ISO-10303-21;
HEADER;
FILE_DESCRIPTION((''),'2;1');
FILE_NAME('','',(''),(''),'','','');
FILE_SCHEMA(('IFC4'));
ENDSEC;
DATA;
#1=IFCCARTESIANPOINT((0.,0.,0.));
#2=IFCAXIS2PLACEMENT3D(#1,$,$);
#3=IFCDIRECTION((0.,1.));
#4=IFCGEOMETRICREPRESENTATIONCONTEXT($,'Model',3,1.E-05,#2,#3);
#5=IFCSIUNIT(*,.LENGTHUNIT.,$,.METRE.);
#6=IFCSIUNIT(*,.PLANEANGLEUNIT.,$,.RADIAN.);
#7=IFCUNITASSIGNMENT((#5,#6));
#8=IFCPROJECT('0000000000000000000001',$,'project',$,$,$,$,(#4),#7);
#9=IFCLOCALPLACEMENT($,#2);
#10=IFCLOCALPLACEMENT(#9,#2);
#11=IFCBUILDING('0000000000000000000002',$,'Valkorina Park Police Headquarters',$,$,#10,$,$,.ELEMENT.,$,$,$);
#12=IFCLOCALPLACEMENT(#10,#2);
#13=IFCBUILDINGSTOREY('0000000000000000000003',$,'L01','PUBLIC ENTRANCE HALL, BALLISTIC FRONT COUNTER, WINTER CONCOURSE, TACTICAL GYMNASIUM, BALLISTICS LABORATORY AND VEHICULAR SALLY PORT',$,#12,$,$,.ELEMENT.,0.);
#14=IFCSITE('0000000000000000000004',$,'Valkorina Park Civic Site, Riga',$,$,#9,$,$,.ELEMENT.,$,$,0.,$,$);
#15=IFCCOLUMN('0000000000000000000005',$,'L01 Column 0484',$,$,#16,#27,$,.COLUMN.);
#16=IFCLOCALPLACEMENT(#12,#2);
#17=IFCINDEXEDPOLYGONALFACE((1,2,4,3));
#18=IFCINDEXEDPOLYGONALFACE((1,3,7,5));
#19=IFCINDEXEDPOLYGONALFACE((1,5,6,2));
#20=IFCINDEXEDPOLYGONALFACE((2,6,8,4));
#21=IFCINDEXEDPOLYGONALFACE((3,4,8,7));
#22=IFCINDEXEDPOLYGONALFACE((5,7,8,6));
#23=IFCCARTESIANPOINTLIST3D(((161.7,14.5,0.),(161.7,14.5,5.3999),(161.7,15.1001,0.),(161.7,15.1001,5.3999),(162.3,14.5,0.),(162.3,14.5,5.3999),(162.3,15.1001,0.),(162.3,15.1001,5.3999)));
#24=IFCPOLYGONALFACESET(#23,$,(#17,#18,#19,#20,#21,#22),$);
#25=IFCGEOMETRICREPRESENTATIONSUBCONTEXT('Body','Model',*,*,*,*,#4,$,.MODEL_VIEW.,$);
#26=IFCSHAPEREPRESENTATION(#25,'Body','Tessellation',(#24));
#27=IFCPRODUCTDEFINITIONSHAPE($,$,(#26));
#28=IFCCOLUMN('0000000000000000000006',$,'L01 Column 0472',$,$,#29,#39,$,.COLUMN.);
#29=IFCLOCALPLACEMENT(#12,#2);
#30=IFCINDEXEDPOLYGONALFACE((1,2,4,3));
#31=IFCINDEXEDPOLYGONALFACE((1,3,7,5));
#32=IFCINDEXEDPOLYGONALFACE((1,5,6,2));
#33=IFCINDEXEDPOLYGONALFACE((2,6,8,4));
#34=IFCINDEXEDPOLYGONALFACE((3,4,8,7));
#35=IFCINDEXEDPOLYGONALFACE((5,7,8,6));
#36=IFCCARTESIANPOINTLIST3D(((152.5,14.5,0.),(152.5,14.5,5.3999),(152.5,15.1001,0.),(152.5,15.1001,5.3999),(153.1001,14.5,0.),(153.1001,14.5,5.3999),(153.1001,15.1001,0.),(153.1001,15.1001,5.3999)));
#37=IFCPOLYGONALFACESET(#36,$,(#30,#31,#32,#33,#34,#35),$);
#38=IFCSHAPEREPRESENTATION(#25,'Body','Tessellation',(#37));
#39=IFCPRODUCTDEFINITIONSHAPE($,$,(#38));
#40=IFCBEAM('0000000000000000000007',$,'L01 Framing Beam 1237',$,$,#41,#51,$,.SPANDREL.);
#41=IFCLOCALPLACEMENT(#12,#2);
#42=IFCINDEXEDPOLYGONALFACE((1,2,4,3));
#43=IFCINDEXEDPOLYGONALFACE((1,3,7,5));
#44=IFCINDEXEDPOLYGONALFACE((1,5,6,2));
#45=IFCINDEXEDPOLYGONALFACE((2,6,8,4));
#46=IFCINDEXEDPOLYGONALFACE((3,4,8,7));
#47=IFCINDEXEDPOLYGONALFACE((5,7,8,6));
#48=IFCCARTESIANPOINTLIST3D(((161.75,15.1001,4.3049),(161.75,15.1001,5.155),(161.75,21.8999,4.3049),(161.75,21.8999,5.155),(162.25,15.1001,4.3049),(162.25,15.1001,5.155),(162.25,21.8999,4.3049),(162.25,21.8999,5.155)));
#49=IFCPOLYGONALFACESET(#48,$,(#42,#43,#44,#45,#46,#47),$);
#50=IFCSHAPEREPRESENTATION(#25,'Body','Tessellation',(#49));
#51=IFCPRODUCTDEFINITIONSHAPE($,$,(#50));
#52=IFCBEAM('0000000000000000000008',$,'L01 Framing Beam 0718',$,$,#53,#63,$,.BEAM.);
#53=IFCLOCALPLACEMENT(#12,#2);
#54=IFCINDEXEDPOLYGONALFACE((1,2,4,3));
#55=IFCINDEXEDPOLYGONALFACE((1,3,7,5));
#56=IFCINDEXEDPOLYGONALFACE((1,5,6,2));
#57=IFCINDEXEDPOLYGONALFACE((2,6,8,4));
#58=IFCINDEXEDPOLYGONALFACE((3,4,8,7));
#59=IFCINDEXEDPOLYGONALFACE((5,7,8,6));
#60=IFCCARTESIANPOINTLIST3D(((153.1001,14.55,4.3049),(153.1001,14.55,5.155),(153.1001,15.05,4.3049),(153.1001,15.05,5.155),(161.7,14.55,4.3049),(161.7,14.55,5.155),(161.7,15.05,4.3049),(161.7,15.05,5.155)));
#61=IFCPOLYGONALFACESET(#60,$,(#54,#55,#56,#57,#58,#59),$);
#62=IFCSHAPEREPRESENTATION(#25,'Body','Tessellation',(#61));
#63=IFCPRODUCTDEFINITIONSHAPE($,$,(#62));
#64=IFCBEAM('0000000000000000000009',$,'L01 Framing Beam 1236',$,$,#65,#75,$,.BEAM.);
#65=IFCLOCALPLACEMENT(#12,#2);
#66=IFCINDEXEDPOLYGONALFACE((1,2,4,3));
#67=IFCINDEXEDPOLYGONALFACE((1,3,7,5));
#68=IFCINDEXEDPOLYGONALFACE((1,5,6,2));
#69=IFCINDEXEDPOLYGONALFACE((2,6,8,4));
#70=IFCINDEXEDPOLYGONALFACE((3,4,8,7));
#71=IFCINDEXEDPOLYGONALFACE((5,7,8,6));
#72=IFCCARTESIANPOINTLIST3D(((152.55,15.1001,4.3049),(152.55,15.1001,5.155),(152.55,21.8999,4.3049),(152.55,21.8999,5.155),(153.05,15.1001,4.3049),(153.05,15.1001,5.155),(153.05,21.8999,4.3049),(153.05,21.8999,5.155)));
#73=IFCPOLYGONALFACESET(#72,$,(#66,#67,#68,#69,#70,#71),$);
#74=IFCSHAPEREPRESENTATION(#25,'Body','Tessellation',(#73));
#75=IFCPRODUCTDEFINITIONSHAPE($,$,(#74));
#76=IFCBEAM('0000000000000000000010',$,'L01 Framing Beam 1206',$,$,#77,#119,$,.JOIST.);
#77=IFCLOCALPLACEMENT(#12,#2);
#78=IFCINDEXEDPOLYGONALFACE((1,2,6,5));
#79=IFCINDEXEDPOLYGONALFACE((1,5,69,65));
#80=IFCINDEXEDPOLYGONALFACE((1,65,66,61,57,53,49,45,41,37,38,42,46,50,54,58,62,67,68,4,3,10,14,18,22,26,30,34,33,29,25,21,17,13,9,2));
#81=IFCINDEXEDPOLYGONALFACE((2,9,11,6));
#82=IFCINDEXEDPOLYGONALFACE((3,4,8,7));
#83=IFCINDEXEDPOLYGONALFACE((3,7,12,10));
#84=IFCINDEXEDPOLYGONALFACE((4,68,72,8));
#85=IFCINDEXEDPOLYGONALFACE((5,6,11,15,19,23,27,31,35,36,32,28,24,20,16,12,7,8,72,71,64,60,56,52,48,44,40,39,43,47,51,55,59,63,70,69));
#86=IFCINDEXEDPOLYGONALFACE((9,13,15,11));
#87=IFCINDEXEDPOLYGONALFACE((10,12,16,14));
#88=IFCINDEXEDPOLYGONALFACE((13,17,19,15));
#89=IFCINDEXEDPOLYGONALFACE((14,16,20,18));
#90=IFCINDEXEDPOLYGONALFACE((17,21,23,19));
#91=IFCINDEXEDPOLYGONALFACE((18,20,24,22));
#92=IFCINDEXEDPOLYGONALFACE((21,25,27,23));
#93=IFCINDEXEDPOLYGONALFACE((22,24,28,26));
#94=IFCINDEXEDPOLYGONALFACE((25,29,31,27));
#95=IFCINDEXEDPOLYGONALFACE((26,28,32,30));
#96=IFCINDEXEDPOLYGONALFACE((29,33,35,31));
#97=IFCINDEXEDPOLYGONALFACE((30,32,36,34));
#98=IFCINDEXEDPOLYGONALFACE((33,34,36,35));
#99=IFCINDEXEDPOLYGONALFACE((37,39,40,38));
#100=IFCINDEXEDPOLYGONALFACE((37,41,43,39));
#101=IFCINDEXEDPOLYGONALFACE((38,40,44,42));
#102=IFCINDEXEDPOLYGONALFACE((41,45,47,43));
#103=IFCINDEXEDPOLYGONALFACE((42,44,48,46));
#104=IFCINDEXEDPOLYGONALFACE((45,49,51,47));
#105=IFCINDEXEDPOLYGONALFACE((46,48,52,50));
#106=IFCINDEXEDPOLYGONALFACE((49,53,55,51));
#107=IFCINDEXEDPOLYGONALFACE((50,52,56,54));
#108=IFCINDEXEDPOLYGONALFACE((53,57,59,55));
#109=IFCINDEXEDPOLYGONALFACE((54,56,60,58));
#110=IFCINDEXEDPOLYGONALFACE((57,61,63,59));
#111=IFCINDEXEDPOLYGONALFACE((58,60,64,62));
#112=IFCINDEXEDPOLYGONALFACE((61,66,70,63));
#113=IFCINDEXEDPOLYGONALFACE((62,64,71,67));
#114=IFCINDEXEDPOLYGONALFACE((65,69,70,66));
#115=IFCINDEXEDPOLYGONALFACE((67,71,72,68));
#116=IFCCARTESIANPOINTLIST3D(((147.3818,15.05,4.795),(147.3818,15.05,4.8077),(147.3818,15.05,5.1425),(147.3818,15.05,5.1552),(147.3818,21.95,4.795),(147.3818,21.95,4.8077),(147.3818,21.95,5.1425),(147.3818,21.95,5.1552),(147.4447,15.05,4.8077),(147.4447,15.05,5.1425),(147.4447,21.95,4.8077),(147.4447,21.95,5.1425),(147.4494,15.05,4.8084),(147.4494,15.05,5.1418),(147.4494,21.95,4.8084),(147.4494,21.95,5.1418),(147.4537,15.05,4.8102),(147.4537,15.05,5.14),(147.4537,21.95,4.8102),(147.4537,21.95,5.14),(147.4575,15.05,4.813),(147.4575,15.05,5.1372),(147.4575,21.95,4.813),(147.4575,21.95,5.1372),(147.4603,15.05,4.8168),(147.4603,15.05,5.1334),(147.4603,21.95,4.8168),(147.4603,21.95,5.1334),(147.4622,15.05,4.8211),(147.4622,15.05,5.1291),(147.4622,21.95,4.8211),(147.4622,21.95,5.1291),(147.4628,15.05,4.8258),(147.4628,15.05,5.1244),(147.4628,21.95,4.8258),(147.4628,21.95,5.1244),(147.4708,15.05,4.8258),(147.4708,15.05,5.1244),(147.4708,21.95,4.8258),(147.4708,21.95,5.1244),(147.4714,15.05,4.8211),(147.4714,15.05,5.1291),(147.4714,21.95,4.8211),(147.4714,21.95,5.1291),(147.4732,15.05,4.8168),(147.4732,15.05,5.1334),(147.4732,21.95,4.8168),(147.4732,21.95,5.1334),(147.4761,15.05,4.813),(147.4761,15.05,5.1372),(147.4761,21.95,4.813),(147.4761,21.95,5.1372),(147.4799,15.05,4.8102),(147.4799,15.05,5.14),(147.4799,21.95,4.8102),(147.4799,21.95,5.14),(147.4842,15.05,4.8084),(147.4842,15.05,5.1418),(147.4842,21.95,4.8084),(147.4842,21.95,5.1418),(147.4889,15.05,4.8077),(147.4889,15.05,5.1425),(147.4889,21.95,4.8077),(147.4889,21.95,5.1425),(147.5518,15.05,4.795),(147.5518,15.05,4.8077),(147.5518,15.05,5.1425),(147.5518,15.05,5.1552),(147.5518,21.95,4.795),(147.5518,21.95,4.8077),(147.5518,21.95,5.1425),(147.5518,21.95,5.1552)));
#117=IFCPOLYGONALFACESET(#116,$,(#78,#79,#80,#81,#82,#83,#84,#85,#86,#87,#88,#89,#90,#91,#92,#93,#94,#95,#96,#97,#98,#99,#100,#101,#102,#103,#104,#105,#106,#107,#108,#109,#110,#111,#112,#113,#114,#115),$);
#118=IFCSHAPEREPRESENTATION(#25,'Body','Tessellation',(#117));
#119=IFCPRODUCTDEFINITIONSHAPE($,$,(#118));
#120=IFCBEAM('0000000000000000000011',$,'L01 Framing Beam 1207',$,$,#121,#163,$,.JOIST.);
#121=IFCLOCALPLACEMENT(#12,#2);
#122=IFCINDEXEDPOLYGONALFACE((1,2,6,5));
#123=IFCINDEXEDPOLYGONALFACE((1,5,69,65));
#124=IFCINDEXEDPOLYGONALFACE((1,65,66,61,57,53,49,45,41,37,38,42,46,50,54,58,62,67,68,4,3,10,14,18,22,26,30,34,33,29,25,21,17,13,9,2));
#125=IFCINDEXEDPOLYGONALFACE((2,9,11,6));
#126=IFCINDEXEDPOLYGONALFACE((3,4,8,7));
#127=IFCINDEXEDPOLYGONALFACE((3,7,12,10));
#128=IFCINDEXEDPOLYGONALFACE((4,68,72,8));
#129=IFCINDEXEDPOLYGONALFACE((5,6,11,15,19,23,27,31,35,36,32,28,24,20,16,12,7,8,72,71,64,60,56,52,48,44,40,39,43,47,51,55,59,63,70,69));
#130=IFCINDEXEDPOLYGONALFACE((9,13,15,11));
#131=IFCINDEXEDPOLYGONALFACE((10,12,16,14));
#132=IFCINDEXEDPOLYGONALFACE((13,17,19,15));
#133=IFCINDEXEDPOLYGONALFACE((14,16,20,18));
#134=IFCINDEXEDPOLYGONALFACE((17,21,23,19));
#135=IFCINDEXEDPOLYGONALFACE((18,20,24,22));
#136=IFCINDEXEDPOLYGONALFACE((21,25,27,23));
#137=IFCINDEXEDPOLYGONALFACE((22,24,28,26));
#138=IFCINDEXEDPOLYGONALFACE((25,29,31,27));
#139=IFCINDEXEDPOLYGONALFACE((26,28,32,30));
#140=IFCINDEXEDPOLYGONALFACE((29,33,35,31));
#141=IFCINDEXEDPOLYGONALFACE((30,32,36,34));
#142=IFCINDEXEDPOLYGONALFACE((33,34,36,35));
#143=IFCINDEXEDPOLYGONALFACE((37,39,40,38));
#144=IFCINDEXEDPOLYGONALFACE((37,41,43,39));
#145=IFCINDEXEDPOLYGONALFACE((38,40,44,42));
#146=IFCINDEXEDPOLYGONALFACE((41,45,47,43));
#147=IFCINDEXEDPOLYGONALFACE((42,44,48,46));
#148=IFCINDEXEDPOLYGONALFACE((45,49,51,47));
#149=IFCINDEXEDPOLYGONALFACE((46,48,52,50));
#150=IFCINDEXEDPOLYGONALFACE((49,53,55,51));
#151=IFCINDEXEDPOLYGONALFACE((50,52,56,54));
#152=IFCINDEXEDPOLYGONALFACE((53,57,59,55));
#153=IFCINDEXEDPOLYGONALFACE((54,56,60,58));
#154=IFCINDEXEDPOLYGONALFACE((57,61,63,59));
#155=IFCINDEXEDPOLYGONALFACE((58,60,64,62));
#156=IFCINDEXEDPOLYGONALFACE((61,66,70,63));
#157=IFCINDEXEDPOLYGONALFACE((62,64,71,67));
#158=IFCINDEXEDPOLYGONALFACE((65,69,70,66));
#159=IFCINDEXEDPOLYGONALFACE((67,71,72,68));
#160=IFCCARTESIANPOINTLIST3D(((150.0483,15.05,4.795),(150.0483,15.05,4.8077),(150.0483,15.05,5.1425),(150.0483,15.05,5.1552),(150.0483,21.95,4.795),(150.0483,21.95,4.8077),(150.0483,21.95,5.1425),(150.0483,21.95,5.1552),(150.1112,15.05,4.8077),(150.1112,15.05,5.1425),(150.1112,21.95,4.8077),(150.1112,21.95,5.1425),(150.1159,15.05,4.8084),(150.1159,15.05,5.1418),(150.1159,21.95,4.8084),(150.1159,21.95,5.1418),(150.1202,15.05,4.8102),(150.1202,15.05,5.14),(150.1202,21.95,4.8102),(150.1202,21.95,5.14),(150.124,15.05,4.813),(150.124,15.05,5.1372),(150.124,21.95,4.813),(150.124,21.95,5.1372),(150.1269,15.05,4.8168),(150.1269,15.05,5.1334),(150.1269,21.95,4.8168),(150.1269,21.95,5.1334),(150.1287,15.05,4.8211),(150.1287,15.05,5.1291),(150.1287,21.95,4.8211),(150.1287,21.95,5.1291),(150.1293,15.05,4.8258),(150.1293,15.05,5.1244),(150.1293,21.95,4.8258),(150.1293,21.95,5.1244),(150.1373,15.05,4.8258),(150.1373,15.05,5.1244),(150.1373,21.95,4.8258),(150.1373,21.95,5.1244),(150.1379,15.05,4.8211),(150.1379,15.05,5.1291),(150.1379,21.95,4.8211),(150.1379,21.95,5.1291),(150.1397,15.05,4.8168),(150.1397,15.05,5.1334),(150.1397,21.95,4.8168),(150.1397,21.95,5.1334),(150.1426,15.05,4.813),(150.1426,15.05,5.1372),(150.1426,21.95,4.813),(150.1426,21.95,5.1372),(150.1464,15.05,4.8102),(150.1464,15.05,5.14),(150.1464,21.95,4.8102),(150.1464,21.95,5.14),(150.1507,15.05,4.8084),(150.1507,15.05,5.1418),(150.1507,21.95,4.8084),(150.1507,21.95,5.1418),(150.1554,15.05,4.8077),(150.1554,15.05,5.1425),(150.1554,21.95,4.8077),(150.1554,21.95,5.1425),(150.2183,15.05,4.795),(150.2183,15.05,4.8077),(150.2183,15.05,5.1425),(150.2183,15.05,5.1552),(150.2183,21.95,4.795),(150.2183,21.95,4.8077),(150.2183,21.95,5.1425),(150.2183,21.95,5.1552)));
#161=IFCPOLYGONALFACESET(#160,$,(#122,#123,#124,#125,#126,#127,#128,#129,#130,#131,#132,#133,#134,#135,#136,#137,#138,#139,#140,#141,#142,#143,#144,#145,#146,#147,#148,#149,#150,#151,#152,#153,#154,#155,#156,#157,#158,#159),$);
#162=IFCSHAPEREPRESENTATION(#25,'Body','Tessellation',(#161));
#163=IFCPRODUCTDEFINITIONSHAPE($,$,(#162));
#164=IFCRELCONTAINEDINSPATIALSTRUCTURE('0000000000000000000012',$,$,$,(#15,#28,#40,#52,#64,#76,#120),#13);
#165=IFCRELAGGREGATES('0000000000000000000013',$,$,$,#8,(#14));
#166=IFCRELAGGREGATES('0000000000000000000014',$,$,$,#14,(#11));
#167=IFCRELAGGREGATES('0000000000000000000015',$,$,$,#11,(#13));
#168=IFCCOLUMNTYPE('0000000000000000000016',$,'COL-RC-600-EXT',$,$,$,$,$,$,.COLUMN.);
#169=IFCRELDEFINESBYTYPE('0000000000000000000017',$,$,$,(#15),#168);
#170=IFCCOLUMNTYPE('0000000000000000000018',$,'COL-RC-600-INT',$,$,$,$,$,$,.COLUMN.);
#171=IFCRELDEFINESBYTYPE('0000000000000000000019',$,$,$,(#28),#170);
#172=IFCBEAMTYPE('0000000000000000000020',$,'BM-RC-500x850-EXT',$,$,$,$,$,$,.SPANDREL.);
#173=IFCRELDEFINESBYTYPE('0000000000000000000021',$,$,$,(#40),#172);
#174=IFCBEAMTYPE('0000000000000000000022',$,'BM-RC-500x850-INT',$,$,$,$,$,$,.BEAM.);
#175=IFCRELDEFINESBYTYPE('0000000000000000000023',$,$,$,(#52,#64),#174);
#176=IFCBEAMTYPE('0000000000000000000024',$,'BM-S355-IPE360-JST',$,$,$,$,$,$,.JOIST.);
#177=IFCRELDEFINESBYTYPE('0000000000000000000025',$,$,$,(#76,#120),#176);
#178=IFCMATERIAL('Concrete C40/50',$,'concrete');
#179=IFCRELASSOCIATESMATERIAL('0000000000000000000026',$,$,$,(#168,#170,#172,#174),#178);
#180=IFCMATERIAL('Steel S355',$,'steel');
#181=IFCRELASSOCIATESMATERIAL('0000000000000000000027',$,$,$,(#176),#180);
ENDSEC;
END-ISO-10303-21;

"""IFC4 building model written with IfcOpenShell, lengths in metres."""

from ifc_helpers import new_model, si_unit, direction, frame, origin, origin_2d, place, context, subcontext, project, spatial, rectangle, i_section, extrude, material, material_profile, profile_set, type_object, element, save


model = new_model("IFC4")

# Units and contexts
model_context = context("Model", 3, precision=1e-05, world=origin(), true_north=direction((0.0, 1.0)))
body_context = subcontext(model_context, "Body", "Model", "MODEL_VIEW")
ifc_project = project(units=[si_unit("LENGTHUNIT", "METRE"), si_unit("PLANEANGLEUNIT", "RADIAN")], contexts=[model_context])

# Site, building, storey
site_placement = place(None, origin())
site = spatial("IfcSite", under=ifc_project, at=site_placement, Name="Valkorina Park Civic Site, Riga", CompositionType="ELEMENT", RefElevation=0.0)
building_placement = place(site_placement, origin())
building = spatial("IfcBuilding", under=site, at=building_placement, Name="Valkorina Park Police Headquarters", CompositionType="ELEMENT")
storey_placement = place(building_placement, origin())
storey = spatial("IfcBuildingStorey", under=building, at=storey_placement, Name="L01", Description="PUBLIC ENTRANCE HALL, BALLISTIC FRONT COUNTER, WINTER CONCOURSE, TACTICAL GYMNASIUM, BALLISTICS LABORATORY AND VEHICULAR SALLY PORT", CompositionType="ELEMENT", Elevation=0.0)

# Columns
ifc_material_1 = material(Name="Concrete C40/50", Category="concrete")
ifc_material_profile_1 = material_profile(ifc_material_1, rectangle(XDim=0.6001, YDim=0.6001, at=origin_2d()), Name="RC COL 600x600")
ifc_profile_set_1 = profile_set([ifc_material_profile_1], Name="Concrete C40/50")
column_type_1 = type_object("IfcColumnType", Name="COL-RC-600-EXT", PredefinedType="COLUMN", material=ifc_profile_set_1)
column_1_placement = place(storey_placement, frame((162.0, 14.8, 0.0), z_axis=(0.0, 0.0, 1.0), x_axis=(1.0, 0.0, 0.0)))
element("IfcColumn", 1, at=column_1_placement, inside=storey, type_object=column_type_1, Name="L01 Column 0484", PredefinedType="COLUMN", context=body_context, shape_type="SweptSolid", body=[
    extrude(rectangle(XDim=0.6001, YDim=0.6001, at=origin_2d()), origin(), (0.0, 0.0, 1.0), 5.3999),
])
ifc_material_profile_2 = material_profile(ifc_material_1, rectangle(XDim=0.6001, YDim=0.6001, at=origin_2d()), Name="RC COL 600x600")
ifc_profile_set_2 = profile_set([ifc_material_profile_2], Name="Concrete C40/50")
column_type_2 = type_object("IfcColumnType", Name="COL-RC-600-INT", PredefinedType="COLUMN", material=ifc_profile_set_2)
column_2_placement = place(storey_placement, frame((152.8, 14.8, 0.0), z_axis=(0.0, 0.0, 1.0), x_axis=(1.0, 0.0, 0.0)))
element("IfcColumn", 2, at=column_2_placement, inside=storey, type_object=column_type_2, Name="L01 Column 0472", PredefinedType="COLUMN", context=body_context, shape_type="SweptSolid", body=[
    extrude(rectangle(XDim=0.6001, YDim=0.6001, at=origin_2d()), origin(), (0.0, 0.0, 1.0), 5.3999),
])

# Beams
ifc_material_profile_3 = material_profile(ifc_material_1, rectangle(XDim=0.5, YDim=0.8501, at=origin_2d()), Name="RC BEAM 500x850")
ifc_profile_set_3 = profile_set([ifc_material_profile_3], Name="Concrete C40/50")
beam_type_1 = type_object("IfcBeamType", Name="BM-RC-500x850-EXT", PredefinedType="SPANDREL", material=ifc_profile_set_3)
beam_1_placement = place(storey_placement, frame((162.0, 15.1001, 4.73), z_axis=(0.0, 1.0, 0.0), x_axis=(-1.0, 0.0, 0.0)))
element("IfcBeam", 3, at=beam_1_placement, inside=storey, type_object=beam_type_1, Name="L01 Framing Beam 1237", PredefinedType="SPANDREL", context=body_context, shape_type="SweptSolid", body=[
    extrude(rectangle(XDim=0.5, YDim=0.8501, at=origin_2d()), origin(), (0.0, 0.0, 1.0), 6.7998),
])
ifc_material_profile_4 = material_profile(ifc_material_1, rectangle(XDim=0.5, YDim=0.8501, at=origin_2d()), Name="RC BEAM 500x850")
ifc_profile_set_4 = profile_set([ifc_material_profile_4], Name="Concrete C40/50")
beam_type_2 = type_object("IfcBeamType", Name="BM-RC-500x850-INT", PredefinedType="BEAM", material=ifc_profile_set_4)
beam_2_placement = place(storey_placement, frame((153.1001, 14.8, 4.73), z_axis=(1.0, 0.0, 0.0), x_axis=(0.0, 1.0, 0.0)))
element("IfcBeam", 4, at=beam_2_placement, inside=storey, type_object=beam_type_2, Name="L01 Framing Beam 0718", PredefinedType="BEAM", context=body_context, shape_type="SweptSolid", body=[
    extrude(rectangle(XDim=0.5, YDim=0.8501, at=origin_2d()), origin(), (0.0, 0.0, 1.0), 8.5999),
])
beam_3_placement = place(storey_placement, frame((152.8, 15.1001, 4.73), z_axis=(0.0, 1.0, 0.0), x_axis=(-1.0, 0.0, 0.0)))
element("IfcBeam", 5, at=beam_3_placement, inside=storey, type_object=beam_type_2, Name="L01 Framing Beam 1236", PredefinedType="BEAM", context=body_context, shape_type="SweptSolid", body=[
    extrude(rectangle(XDim=0.5, YDim=0.8501, at=origin_2d()), origin(), (0.0, 0.0, 1.0), 6.7998),
])
ifc_material_2 = material(Name="Steel S355", Category="steel")
ifc_material_profile_5 = material_profile(ifc_material_2, i_section(OverallWidth=0.1699, OverallDepth=0.3601, WebThickness=0.0081, FlangeThickness=0.0127, FilletRadius=0.0181, at=origin_2d()), Name="IPE 360")
ifc_profile_set_5 = profile_set([ifc_material_profile_5], Name="Steel S355")
beam_type_3 = type_object("IfcBeamType", Name="BM-S355-IPE360-JST", PredefinedType="JOIST", material=ifc_profile_set_5)
for number, where, z_axis, x_axis, name in (
    (6, (147.4668, 15.05, 4.9751), (0.0, 1.0, 0.0), (-1.0, 0.0, 0.0), "L01 Framing Beam 1206"),
    (7, (150.1333, 15.05, 4.9751), (0.0, 1.0, 0.0), (-1.0, 0.0, 0.0), "L01 Framing Beam 1207"),
):
    element("IfcBeam", number, at=place(storey_placement, frame(where, z_axis=z_axis, x_axis=x_axis)), inside=storey, type_object=beam_type_3, Name=name, PredefinedType="JOIST", context=body_context, shape_type="SweptSolid", body=[
        extrude(i_section(OverallWidth=0.1699, OverallDepth=0.3601, WebThickness=0.0081, FlangeThickness=0.0127, FilletRadius=0.0181, at=origin_2d()), origin(), (0.0, 0.0, 1.0), 6.8999),
    ])

save(model, "model.ifc")
